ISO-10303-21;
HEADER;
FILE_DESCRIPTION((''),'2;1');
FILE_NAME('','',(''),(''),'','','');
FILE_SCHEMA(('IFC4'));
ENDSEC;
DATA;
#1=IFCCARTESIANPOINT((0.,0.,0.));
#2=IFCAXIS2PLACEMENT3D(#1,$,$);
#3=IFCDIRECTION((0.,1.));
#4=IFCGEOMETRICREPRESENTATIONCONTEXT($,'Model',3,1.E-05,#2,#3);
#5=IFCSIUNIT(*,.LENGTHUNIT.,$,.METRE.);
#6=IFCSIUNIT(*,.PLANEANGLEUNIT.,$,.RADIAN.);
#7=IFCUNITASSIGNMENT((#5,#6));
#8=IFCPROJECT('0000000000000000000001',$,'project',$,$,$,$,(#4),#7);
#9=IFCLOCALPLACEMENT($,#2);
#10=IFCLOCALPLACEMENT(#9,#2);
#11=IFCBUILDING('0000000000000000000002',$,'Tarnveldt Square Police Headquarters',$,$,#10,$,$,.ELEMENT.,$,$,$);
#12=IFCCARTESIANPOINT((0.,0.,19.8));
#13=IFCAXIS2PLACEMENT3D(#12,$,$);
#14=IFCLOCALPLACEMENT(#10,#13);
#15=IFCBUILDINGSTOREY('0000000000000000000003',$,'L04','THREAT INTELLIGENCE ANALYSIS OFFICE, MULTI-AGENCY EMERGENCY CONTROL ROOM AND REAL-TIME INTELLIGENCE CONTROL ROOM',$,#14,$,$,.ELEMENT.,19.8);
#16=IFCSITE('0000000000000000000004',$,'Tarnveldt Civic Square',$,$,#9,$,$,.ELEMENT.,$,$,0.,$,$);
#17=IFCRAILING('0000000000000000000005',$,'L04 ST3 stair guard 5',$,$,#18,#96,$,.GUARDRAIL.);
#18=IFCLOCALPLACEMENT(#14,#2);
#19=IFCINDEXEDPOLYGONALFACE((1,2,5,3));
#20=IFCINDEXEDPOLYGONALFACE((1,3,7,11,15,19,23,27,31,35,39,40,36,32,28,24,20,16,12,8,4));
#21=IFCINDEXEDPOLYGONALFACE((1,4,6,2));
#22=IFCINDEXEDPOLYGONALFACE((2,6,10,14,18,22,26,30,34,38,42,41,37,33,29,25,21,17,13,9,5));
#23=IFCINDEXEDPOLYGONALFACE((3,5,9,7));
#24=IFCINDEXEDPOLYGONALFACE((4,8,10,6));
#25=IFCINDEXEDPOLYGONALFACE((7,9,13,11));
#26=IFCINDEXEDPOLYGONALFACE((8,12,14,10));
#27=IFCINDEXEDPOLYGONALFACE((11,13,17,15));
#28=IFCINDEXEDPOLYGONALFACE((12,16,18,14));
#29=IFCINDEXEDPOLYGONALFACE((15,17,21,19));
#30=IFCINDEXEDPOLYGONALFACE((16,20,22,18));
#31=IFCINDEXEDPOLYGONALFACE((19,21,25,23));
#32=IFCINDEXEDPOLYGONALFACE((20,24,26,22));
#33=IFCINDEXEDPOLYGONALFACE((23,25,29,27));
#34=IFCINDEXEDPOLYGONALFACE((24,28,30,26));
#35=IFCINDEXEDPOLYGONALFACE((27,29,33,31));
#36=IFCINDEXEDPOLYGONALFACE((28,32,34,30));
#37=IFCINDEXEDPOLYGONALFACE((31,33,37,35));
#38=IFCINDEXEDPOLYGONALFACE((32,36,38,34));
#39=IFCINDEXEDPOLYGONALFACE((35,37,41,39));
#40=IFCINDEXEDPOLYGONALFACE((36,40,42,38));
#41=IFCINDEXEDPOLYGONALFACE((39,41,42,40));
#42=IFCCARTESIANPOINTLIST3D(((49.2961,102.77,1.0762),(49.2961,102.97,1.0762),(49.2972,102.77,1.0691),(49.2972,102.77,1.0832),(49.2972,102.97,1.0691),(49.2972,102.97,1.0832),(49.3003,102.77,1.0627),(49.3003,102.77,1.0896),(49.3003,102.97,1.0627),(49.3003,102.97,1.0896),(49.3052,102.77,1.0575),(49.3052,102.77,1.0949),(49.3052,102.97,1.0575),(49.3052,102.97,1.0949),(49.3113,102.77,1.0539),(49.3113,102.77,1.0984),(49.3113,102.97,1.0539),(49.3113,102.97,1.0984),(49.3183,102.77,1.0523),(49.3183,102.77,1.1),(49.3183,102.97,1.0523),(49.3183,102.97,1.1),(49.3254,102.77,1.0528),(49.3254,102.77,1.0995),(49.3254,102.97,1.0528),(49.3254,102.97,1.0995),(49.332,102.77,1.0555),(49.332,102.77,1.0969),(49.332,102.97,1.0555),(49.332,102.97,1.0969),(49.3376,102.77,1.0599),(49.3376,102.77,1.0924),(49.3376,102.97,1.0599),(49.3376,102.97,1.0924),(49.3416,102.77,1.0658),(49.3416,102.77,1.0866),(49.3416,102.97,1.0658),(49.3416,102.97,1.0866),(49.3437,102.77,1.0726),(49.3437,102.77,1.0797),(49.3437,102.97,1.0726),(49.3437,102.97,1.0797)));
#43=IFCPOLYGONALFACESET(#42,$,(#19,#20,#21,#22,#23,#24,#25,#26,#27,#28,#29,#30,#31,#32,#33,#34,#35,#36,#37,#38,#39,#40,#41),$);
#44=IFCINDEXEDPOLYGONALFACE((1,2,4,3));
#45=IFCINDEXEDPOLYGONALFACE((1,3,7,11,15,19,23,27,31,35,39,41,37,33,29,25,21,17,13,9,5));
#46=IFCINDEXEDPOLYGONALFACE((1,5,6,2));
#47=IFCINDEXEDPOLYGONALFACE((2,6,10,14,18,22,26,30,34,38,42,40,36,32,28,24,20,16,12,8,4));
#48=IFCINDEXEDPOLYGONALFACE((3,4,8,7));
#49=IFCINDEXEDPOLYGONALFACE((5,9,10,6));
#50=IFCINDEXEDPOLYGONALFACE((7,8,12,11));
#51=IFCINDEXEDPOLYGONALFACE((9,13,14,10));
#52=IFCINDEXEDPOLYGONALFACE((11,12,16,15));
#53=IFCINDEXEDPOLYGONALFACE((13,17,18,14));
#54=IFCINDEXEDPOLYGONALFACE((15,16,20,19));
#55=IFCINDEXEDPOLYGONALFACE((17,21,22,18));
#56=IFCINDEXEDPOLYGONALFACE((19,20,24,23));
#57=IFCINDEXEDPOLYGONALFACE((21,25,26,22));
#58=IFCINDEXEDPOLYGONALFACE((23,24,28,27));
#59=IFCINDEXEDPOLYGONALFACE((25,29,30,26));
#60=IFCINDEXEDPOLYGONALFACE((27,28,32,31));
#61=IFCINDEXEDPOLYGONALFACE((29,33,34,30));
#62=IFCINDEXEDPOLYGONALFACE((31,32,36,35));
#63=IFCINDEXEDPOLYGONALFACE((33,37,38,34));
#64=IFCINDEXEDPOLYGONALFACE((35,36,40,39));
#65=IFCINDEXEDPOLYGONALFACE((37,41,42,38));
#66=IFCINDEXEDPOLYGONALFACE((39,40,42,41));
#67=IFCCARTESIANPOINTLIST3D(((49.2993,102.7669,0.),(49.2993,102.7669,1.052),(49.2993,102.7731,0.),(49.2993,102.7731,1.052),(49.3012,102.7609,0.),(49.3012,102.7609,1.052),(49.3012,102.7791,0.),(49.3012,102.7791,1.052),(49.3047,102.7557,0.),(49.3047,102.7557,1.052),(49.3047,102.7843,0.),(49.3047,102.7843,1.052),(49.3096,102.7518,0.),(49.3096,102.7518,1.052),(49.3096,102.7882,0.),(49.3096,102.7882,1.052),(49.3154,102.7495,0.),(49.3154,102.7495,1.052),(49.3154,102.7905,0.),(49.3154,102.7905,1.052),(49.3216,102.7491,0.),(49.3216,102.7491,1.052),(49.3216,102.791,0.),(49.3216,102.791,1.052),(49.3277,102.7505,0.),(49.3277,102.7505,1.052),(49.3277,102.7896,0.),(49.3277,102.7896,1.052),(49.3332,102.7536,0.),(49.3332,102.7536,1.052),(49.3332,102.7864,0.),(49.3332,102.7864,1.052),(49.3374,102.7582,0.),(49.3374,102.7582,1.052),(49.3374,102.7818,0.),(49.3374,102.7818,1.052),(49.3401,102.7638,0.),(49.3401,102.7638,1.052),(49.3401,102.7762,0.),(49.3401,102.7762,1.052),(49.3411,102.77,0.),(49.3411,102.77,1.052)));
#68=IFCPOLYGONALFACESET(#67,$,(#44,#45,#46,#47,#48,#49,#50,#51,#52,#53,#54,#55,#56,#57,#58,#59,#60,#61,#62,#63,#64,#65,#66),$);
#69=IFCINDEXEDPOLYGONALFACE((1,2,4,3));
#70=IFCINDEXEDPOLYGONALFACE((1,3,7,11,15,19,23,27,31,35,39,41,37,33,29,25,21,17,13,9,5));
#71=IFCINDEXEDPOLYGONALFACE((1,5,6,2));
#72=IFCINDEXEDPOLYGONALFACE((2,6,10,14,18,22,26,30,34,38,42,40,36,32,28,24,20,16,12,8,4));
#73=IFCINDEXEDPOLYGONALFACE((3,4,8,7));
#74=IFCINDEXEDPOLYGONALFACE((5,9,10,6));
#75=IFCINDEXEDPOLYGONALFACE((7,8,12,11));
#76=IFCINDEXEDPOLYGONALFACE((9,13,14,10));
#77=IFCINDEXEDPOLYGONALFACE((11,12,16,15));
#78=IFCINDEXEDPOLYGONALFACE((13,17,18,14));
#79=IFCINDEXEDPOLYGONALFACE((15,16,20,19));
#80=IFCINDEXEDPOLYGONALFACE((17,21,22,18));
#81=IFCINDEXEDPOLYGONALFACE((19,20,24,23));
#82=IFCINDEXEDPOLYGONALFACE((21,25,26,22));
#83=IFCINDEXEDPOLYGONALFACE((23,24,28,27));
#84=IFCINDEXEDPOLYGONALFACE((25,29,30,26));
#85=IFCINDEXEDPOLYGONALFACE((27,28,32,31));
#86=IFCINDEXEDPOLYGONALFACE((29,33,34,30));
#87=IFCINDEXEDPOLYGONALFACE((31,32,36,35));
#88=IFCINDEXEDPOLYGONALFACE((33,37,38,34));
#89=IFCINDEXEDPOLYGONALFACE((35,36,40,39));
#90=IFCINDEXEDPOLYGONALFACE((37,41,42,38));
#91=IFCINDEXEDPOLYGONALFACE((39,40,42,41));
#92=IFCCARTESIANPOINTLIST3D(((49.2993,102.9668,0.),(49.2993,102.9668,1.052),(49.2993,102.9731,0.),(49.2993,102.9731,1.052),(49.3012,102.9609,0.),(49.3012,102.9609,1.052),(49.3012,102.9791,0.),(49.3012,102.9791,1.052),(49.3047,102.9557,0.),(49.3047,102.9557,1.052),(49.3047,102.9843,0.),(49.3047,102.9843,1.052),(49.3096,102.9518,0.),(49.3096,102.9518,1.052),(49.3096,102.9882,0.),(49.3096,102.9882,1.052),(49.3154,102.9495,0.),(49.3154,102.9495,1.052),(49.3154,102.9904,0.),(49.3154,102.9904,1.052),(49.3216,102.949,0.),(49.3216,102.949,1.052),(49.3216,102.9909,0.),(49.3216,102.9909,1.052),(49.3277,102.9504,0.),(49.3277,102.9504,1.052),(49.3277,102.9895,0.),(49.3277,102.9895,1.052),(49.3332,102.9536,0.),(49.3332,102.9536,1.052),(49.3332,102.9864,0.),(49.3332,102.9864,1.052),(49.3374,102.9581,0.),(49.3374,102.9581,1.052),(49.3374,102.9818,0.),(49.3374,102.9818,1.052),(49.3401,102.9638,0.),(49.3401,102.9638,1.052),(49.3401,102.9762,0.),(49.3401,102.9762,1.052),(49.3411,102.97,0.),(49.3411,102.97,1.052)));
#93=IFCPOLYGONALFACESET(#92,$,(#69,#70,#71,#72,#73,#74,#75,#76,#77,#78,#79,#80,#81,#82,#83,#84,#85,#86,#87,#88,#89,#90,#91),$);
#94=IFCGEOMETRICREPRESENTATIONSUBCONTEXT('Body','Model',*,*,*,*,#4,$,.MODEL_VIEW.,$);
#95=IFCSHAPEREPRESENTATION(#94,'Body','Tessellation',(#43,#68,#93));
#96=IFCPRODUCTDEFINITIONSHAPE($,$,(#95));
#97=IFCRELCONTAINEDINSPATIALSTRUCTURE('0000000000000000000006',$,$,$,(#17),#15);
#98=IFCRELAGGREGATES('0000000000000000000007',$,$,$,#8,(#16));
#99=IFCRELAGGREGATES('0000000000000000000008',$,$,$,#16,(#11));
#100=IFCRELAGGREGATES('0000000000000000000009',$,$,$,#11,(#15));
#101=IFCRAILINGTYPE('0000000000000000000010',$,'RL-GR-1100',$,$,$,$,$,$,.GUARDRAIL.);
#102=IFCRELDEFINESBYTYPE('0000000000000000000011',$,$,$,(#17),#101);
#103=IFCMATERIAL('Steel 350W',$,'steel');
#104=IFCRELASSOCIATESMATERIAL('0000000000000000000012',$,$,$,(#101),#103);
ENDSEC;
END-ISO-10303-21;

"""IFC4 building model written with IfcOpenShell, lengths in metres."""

from ifc_helpers import new_model, si_unit, direction, frame, origin, origin_2d, place, context, subcontext, project, spatial, circle, extrude, material, type_object, element, save


model = new_model("IFC4")

# Units and contexts
model_context = context("Model", 3, precision=1e-05, world=origin(), true_north=direction((0.0, 1.0)))
body_context = subcontext(model_context, "Body", "Model", "MODEL_VIEW")
ifc_project = project(units=[si_unit("LENGTHUNIT", "METRE"), si_unit("PLANEANGLEUNIT", "RADIAN")], contexts=[model_context])

# Site, building, storey
site_placement = place(None, origin())
site = spatial("IfcSite", under=ifc_project, at=site_placement, Name="Tarnveldt Civic Square", CompositionType="ELEMENT", RefElevation=0.0)
building_placement = place(site_placement, origin())
building = spatial("IfcBuilding", under=site, at=building_placement, Name="Tarnveldt Square Police Headquarters", CompositionType="ELEMENT")
storey_placement = place(building_placement, frame((0.0, 0.0, 19.8)))
storey = spatial("IfcBuildingStorey", under=building, at=storey_placement, Name="L04", Description="THREAT INTELLIGENCE ANALYSIS OFFICE, MULTI-AGENCY EMERGENCY CONTROL ROOM AND REAL-TIME INTELLIGENCE CONTROL ROOM", CompositionType="ELEMENT", Elevation=19.8)

# Shared definitions
ifc_material_1 = material(Name="Steel 350W", Category="steel")

# Railing
railing_type_1 = type_object("IfcRailingType", Name="RL-GR-1100", PredefinedType="GUARDRAIL", material=ifc_material_1)
railing_1_placement = place(storey_placement, frame((49.3201, 102.77, 0.0)))
element("IfcRailing", 1, at=railing_1_placement, inside=storey, type_object=railing_type_1, Name="L04 ST3 stair guard 5", PredefinedType="GUARDRAIL", context=body_context, shape_type="SweptSolid", body=[
    extrude(circle(Radius=0.0239, at=origin_2d()), frame((0.0, 0.0, 1.0762), z_axis=(0.0, 1.0, 0.0), x_axis=(-1.0, 0.0, 0.0)), (0.0, 0.0, 1.0), 0.2),
    extrude(circle(Radius=0.021, at=origin_2d()), origin(), (0.0, 0.0, 1.0), 1.052),
    extrude(circle(Radius=0.021, at=origin_2d()), frame((0.0, 0.2, 0.0)), (0.0, 0.0, 1.0), 1.052),
])

save(model, "model.ifc")
